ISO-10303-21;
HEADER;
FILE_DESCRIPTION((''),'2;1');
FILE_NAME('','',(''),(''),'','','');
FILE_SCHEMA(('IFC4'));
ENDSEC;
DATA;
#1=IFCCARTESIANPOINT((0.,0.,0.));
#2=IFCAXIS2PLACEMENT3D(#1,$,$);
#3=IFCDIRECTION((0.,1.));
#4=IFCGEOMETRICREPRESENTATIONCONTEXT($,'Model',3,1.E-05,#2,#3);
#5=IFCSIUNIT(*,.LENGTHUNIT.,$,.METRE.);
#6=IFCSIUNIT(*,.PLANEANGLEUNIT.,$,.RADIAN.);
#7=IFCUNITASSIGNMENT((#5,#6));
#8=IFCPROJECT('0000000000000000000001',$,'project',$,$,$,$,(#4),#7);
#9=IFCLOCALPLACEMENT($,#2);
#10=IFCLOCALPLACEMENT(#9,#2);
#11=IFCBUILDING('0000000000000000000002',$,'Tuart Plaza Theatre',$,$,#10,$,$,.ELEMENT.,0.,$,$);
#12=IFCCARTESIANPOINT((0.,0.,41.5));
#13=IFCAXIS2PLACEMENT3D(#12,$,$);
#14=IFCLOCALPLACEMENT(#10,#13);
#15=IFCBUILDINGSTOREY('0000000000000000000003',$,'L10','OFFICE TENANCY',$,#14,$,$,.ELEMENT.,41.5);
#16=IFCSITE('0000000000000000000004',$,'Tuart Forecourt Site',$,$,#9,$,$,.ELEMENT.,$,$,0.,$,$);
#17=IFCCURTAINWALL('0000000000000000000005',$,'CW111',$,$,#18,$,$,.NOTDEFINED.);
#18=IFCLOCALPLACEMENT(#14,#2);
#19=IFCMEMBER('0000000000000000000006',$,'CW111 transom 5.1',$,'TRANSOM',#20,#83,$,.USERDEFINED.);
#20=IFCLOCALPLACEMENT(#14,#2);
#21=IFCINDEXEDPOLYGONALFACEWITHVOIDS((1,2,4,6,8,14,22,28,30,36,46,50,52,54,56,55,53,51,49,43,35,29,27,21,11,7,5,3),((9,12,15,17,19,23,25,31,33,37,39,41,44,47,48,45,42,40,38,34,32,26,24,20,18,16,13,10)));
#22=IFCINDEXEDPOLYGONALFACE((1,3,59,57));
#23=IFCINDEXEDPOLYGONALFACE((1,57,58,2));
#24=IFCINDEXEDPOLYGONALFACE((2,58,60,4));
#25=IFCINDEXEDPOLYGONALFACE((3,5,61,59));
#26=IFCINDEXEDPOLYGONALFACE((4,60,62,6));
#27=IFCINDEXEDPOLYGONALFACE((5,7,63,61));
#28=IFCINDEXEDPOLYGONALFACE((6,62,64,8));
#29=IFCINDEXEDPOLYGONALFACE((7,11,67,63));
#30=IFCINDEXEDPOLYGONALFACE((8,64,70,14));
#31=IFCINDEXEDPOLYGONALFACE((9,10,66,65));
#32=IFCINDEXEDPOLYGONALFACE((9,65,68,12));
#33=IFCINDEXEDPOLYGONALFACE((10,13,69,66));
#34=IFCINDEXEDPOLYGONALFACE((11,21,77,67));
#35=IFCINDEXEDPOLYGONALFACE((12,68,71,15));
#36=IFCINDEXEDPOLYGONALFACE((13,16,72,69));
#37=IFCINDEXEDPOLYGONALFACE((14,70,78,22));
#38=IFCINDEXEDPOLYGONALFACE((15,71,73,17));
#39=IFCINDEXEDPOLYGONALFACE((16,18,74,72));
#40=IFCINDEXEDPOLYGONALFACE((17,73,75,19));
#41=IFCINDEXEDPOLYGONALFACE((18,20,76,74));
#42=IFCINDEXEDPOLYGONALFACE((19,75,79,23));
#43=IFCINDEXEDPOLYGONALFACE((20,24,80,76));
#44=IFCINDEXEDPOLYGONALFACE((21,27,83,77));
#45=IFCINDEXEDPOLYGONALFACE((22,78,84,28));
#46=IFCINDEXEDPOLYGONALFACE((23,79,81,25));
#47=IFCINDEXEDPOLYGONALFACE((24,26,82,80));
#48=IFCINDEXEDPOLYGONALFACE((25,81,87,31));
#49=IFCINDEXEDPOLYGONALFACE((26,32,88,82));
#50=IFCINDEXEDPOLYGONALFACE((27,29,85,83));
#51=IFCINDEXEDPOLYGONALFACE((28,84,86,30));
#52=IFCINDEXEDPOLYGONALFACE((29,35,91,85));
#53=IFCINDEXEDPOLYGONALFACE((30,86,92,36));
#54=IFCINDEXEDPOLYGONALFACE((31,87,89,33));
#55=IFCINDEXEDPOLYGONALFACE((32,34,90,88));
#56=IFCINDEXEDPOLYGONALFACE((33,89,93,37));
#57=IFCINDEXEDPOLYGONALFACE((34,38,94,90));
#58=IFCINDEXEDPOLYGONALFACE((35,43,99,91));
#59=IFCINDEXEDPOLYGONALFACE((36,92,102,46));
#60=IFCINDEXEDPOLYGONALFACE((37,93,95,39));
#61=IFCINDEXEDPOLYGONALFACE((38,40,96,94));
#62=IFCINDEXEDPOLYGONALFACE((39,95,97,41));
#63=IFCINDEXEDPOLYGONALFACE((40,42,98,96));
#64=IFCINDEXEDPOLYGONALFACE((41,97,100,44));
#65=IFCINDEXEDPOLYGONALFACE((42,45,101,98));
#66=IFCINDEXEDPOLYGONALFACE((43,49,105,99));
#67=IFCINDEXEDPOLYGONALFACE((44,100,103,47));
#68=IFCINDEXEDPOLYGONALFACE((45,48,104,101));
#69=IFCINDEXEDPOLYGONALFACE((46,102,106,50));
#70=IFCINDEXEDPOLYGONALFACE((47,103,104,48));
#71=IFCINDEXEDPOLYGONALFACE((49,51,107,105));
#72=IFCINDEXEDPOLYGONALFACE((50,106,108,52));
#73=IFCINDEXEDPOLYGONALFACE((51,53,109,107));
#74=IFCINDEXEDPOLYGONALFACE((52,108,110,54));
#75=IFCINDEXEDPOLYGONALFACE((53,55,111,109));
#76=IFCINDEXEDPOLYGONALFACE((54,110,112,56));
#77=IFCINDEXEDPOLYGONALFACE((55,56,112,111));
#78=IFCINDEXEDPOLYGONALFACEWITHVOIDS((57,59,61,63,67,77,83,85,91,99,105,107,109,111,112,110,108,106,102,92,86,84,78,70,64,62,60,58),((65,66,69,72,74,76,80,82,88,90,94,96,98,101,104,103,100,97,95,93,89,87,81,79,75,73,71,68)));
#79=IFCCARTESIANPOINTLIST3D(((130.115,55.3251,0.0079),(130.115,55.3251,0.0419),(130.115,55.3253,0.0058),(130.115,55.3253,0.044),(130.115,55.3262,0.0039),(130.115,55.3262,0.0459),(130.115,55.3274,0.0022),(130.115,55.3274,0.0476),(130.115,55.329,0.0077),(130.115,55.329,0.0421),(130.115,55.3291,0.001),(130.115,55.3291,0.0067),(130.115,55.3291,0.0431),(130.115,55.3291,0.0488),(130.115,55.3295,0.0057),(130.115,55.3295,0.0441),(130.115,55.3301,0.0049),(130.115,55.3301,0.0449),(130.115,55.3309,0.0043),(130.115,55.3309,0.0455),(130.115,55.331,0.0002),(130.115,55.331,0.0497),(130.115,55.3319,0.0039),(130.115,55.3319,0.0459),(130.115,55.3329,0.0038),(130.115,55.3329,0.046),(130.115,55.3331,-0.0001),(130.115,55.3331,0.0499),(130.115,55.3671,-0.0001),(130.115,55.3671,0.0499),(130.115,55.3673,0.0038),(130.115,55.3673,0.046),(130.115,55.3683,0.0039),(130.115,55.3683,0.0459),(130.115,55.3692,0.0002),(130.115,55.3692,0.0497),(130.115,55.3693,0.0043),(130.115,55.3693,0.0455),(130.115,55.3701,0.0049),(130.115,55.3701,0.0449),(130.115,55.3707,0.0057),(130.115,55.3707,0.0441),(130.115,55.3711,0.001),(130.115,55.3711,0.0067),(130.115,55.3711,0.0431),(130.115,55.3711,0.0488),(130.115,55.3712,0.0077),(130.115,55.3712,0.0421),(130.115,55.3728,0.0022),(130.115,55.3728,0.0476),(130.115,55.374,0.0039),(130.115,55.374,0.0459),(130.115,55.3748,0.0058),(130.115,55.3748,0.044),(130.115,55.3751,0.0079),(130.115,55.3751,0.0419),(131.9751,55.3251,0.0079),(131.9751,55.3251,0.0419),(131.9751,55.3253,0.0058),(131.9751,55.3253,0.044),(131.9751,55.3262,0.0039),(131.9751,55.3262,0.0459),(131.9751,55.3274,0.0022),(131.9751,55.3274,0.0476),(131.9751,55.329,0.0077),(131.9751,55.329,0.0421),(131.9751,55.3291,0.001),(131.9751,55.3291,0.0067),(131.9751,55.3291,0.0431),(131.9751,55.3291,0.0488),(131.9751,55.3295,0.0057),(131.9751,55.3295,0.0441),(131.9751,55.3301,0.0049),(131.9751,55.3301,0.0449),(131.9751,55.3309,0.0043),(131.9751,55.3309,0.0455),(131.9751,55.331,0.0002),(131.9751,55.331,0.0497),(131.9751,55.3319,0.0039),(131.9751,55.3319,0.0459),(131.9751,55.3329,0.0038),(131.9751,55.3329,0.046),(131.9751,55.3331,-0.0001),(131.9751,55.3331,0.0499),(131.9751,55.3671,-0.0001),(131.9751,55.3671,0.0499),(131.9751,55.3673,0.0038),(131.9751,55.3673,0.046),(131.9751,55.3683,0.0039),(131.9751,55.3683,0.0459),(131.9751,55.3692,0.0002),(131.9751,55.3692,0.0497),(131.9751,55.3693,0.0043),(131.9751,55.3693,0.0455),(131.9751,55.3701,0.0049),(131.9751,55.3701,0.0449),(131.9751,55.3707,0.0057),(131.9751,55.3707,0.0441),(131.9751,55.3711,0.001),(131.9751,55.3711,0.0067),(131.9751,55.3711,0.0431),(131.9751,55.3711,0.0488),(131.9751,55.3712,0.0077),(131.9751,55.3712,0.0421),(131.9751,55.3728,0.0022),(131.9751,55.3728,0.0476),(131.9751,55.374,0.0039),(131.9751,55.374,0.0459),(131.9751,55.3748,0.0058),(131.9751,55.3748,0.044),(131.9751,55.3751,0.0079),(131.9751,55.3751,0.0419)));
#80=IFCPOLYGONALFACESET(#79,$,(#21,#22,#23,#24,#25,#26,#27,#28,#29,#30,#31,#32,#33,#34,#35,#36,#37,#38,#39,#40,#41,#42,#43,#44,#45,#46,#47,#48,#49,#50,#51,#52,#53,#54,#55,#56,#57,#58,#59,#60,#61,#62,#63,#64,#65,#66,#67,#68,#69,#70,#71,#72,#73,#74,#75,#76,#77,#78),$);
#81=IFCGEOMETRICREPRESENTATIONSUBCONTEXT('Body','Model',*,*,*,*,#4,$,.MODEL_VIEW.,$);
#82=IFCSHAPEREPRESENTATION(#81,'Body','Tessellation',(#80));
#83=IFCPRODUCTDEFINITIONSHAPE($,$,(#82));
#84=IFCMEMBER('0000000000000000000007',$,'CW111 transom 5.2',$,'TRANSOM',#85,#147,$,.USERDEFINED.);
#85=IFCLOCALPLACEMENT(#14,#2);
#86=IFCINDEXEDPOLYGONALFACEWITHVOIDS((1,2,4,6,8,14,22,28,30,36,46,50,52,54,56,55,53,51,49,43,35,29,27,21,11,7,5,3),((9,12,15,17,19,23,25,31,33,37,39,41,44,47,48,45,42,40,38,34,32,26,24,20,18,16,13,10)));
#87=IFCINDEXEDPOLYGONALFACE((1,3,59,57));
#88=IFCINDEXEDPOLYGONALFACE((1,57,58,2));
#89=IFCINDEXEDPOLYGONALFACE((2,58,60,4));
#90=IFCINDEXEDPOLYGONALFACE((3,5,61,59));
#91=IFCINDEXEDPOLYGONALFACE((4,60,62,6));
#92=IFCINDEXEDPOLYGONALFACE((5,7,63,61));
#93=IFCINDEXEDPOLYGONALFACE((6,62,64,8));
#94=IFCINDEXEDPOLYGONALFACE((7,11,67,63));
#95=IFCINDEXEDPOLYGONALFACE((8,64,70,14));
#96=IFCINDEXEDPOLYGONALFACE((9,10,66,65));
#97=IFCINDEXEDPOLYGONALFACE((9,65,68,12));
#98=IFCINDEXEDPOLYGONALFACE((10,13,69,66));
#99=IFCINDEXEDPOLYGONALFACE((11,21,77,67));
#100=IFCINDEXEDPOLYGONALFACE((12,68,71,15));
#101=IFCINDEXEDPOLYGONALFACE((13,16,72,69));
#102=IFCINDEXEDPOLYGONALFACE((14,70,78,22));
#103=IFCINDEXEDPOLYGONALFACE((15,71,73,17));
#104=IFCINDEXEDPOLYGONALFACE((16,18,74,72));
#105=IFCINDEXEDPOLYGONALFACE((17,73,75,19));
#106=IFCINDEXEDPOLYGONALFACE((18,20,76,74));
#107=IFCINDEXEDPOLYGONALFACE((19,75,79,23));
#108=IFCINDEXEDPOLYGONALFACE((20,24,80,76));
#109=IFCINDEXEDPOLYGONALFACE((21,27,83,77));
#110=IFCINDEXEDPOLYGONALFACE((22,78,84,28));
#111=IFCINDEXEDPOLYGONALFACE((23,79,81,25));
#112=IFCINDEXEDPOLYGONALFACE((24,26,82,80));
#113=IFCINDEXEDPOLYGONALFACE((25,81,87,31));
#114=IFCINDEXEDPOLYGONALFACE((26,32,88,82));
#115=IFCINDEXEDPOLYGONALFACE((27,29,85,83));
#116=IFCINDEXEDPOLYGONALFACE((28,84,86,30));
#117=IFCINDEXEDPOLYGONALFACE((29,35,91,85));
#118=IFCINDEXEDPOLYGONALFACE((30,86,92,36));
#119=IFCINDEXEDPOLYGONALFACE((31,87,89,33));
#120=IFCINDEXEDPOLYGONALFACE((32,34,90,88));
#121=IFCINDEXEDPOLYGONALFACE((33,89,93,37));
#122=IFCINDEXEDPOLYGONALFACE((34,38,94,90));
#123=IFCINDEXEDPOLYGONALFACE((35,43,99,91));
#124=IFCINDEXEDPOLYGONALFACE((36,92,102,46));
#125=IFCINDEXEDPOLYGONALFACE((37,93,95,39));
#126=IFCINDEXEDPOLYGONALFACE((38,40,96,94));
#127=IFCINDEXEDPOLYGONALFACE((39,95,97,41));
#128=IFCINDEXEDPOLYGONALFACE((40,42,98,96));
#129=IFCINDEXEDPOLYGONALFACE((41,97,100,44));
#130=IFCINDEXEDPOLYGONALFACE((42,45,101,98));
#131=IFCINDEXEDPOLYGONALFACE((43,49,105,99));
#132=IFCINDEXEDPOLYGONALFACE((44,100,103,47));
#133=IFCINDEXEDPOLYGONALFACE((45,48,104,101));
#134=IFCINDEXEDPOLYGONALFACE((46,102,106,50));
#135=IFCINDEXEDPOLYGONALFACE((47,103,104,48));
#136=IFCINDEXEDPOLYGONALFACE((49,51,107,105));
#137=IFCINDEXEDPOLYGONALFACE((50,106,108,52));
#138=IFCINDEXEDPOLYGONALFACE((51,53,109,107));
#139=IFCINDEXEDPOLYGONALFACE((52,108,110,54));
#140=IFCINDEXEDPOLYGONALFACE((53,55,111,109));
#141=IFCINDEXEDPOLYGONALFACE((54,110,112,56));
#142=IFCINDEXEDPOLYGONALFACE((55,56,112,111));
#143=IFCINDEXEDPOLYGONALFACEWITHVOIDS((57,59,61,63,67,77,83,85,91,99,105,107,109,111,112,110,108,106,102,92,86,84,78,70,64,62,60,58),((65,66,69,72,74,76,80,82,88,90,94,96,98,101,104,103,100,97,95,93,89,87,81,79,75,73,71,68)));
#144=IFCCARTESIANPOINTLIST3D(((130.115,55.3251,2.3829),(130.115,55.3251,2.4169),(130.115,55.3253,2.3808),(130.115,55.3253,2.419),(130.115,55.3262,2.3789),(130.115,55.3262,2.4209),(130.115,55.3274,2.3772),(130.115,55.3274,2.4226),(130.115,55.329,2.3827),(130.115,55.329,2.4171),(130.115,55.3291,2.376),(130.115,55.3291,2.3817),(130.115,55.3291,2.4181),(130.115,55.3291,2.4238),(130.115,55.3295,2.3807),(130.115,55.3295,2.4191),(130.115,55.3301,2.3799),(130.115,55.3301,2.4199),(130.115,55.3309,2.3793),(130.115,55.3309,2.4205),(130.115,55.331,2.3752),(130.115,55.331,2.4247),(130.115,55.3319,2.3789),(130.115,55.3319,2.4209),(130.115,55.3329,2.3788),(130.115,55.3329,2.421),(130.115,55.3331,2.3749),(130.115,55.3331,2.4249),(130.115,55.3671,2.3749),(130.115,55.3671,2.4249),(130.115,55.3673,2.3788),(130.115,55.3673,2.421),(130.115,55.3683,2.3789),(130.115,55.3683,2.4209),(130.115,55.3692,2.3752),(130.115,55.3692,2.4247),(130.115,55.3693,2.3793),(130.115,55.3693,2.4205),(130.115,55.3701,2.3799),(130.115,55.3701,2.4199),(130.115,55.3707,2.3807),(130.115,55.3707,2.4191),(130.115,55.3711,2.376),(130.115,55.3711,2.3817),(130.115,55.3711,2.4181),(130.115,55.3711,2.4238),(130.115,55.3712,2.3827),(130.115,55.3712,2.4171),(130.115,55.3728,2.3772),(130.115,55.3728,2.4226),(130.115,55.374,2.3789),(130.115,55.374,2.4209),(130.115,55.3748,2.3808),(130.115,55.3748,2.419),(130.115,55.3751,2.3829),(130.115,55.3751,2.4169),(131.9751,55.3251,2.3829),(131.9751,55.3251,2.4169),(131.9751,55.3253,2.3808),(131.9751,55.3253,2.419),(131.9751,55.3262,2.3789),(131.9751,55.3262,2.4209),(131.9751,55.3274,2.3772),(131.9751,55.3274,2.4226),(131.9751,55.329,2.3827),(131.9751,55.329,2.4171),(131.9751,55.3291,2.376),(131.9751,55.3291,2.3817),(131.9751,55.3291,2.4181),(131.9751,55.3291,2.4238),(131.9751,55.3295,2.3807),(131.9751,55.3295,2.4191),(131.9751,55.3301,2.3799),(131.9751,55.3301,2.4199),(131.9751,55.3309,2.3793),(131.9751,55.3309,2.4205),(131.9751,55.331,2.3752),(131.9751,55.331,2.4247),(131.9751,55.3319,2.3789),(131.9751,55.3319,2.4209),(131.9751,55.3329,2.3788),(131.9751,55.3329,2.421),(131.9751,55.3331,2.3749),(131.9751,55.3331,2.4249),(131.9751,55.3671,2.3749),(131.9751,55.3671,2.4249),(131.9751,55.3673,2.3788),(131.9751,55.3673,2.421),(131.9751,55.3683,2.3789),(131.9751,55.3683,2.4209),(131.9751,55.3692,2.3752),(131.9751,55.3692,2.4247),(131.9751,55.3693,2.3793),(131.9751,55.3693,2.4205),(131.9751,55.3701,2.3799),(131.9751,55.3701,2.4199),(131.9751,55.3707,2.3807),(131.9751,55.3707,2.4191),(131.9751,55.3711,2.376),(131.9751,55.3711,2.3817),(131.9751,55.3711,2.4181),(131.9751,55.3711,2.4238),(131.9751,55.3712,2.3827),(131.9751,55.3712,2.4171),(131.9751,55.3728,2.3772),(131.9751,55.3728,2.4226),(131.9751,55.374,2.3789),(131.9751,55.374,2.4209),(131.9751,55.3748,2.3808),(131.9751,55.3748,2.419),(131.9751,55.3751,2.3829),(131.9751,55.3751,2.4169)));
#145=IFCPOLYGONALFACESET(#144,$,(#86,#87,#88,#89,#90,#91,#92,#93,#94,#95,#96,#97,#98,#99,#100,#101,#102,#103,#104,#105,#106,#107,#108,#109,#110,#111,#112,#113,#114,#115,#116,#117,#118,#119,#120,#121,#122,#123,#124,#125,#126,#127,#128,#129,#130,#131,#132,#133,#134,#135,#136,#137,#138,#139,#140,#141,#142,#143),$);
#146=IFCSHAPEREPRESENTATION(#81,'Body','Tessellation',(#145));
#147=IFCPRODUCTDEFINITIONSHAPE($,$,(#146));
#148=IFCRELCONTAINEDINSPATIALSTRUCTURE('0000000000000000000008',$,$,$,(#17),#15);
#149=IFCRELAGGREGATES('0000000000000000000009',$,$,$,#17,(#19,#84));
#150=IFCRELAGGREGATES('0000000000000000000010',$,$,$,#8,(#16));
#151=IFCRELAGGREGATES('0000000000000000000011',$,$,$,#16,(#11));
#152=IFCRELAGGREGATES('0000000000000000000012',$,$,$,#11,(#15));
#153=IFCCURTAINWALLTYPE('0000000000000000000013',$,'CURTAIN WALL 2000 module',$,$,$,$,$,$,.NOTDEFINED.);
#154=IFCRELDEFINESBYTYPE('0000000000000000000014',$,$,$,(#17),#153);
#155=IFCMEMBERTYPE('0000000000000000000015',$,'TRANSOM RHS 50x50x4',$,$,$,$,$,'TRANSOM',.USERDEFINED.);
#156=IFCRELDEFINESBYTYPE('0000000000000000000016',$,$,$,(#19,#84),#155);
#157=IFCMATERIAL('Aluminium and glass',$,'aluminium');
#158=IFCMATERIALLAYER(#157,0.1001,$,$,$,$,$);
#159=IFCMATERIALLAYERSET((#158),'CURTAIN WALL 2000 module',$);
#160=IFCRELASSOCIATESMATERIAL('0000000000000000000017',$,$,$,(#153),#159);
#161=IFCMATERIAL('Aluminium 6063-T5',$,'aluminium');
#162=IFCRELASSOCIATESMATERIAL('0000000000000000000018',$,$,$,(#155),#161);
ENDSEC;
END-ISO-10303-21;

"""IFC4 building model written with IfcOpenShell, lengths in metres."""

from ifc_helpers import new_model, si_unit, direction, frame, origin, origin_2d, place, context, subcontext, project, spatial, hollow_rectangle, extrude, material, layer, layer_set, material_profile, profile_set, type_object, element, aggregate, save


model = new_model("IFC4")

# Units and contexts
model_context = context("Model", 3, precision=1e-05, world=origin(), true_north=direction((0.0, 1.0)))
body_context = subcontext(model_context, "Body", "Model", "MODEL_VIEW")
ifc_project = project(units=[si_unit("LENGTHUNIT", "METRE"), si_unit("PLANEANGLEUNIT", "RADIAN")], contexts=[model_context])

# Site, building, storey
site_placement = place(None, origin())
site = spatial("IfcSite", under=ifc_project, at=site_placement, Name="Tuart Forecourt Site", CompositionType="ELEMENT", RefElevation=0.0)
building_placement = place(site_placement, origin())
building = spatial("IfcBuilding", under=site, at=building_placement, Name="Tuart Plaza Theatre", CompositionType="ELEMENT", ElevationOfRefHeight=0.0)
storey_placement = place(building_placement, frame((0.0, 0.0, 41.5)))
storey = spatial("IfcBuildingStorey", under=building, at=storey_placement, Name="L10", Description="OFFICE TENANCY", CompositionType="ELEMENT", Elevation=41.5)

# Shared definitions
ifc_material_1 = material(Name="Aluminium and glass", Category="aluminium")
ifc_layer_1 = layer(ifc_material_1, 0.1001)
ifc_layer_set_1 = layer_set([ifc_layer_1], Name="CURTAIN WALL 2000 module")
curtain_wall_type = type_object("IfcCurtainWallType", Name="CURTAIN WALL 2000 module", PredefinedType="NOTDEFINED", material=ifc_layer_set_1)

# Curtain wall
curtain_wall_1_placement = place(storey_placement, origin())
curtain_wall_1 = element("IfcCurtainWall", 1, at=curtain_wall_1_placement, inside=storey, type_object=curtain_wall_type, Name="CW111", PredefinedType="NOTDEFINED")

# Members
ifc_material_2 = material(Name="Aluminium 6063-T5", Category="aluminium")
ifc_material_profile_1 = material_profile(ifc_material_2, hollow_rectangle(XDim=0.05, YDim=0.05, WallThickness=0.0039, InnerFilletRadius=0.0039, OuterFilletRadius=0.0081, at=origin_2d()), Name="RHS 50x50x4")
ifc_profile_set_1 = profile_set([ifc_material_profile_1], Name="Aluminium 6063-T5")
member_type_1 = type_object("IfcMemberType", Name="TRANSOM RHS 50x50x4", ElementType="TRANSOM", PredefinedType="USERDEFINED", material=ifc_profile_set_1)
member_1_placement = place(storey_placement, frame((130.115, 55.3501, 0.0249), z_axis=(1.0, 0.0, 0.0), x_axis=(0.0, 1.0, 0.0)))
member_1 = element("IfcMember", 2, at=member_1_placement, type_object=member_type_1, Name="CW111 transom 5.1", ObjectType="TRANSOM", PredefinedType="USERDEFINED", context=body_context, shape_type="SweptSolid", body=[
    extrude(hollow_rectangle(XDim=0.05, YDim=0.05, WallThickness=0.0039, InnerFilletRadius=0.0039, OuterFilletRadius=0.0081, at=origin_2d()), origin(), (0.0, 0.0, 1.0), 1.8601),
])
member_2_placement = place(storey_placement, frame((130.115, 55.3501, 2.3999), z_axis=(1.0, 0.0, 0.0), x_axis=(0.0, 1.0, 0.0)))
member_2 = element("IfcMember", 3, at=member_2_placement, type_object=member_type_1, Name="CW111 transom 5.2", ObjectType="TRANSOM", PredefinedType="USERDEFINED", context=body_context, shape_type="SweptSolid", body=[
    extrude(hollow_rectangle(XDim=0.05, YDim=0.05, WallThickness=0.0039, InnerFilletRadius=0.0039, OuterFilletRadius=0.0081, at=origin_2d()), origin(), (0.0, 0.0, 1.0), 1.8601),
])

aggregate(curtain_wall_1, [member_1, member_2])

save(model, "model.ifc")
